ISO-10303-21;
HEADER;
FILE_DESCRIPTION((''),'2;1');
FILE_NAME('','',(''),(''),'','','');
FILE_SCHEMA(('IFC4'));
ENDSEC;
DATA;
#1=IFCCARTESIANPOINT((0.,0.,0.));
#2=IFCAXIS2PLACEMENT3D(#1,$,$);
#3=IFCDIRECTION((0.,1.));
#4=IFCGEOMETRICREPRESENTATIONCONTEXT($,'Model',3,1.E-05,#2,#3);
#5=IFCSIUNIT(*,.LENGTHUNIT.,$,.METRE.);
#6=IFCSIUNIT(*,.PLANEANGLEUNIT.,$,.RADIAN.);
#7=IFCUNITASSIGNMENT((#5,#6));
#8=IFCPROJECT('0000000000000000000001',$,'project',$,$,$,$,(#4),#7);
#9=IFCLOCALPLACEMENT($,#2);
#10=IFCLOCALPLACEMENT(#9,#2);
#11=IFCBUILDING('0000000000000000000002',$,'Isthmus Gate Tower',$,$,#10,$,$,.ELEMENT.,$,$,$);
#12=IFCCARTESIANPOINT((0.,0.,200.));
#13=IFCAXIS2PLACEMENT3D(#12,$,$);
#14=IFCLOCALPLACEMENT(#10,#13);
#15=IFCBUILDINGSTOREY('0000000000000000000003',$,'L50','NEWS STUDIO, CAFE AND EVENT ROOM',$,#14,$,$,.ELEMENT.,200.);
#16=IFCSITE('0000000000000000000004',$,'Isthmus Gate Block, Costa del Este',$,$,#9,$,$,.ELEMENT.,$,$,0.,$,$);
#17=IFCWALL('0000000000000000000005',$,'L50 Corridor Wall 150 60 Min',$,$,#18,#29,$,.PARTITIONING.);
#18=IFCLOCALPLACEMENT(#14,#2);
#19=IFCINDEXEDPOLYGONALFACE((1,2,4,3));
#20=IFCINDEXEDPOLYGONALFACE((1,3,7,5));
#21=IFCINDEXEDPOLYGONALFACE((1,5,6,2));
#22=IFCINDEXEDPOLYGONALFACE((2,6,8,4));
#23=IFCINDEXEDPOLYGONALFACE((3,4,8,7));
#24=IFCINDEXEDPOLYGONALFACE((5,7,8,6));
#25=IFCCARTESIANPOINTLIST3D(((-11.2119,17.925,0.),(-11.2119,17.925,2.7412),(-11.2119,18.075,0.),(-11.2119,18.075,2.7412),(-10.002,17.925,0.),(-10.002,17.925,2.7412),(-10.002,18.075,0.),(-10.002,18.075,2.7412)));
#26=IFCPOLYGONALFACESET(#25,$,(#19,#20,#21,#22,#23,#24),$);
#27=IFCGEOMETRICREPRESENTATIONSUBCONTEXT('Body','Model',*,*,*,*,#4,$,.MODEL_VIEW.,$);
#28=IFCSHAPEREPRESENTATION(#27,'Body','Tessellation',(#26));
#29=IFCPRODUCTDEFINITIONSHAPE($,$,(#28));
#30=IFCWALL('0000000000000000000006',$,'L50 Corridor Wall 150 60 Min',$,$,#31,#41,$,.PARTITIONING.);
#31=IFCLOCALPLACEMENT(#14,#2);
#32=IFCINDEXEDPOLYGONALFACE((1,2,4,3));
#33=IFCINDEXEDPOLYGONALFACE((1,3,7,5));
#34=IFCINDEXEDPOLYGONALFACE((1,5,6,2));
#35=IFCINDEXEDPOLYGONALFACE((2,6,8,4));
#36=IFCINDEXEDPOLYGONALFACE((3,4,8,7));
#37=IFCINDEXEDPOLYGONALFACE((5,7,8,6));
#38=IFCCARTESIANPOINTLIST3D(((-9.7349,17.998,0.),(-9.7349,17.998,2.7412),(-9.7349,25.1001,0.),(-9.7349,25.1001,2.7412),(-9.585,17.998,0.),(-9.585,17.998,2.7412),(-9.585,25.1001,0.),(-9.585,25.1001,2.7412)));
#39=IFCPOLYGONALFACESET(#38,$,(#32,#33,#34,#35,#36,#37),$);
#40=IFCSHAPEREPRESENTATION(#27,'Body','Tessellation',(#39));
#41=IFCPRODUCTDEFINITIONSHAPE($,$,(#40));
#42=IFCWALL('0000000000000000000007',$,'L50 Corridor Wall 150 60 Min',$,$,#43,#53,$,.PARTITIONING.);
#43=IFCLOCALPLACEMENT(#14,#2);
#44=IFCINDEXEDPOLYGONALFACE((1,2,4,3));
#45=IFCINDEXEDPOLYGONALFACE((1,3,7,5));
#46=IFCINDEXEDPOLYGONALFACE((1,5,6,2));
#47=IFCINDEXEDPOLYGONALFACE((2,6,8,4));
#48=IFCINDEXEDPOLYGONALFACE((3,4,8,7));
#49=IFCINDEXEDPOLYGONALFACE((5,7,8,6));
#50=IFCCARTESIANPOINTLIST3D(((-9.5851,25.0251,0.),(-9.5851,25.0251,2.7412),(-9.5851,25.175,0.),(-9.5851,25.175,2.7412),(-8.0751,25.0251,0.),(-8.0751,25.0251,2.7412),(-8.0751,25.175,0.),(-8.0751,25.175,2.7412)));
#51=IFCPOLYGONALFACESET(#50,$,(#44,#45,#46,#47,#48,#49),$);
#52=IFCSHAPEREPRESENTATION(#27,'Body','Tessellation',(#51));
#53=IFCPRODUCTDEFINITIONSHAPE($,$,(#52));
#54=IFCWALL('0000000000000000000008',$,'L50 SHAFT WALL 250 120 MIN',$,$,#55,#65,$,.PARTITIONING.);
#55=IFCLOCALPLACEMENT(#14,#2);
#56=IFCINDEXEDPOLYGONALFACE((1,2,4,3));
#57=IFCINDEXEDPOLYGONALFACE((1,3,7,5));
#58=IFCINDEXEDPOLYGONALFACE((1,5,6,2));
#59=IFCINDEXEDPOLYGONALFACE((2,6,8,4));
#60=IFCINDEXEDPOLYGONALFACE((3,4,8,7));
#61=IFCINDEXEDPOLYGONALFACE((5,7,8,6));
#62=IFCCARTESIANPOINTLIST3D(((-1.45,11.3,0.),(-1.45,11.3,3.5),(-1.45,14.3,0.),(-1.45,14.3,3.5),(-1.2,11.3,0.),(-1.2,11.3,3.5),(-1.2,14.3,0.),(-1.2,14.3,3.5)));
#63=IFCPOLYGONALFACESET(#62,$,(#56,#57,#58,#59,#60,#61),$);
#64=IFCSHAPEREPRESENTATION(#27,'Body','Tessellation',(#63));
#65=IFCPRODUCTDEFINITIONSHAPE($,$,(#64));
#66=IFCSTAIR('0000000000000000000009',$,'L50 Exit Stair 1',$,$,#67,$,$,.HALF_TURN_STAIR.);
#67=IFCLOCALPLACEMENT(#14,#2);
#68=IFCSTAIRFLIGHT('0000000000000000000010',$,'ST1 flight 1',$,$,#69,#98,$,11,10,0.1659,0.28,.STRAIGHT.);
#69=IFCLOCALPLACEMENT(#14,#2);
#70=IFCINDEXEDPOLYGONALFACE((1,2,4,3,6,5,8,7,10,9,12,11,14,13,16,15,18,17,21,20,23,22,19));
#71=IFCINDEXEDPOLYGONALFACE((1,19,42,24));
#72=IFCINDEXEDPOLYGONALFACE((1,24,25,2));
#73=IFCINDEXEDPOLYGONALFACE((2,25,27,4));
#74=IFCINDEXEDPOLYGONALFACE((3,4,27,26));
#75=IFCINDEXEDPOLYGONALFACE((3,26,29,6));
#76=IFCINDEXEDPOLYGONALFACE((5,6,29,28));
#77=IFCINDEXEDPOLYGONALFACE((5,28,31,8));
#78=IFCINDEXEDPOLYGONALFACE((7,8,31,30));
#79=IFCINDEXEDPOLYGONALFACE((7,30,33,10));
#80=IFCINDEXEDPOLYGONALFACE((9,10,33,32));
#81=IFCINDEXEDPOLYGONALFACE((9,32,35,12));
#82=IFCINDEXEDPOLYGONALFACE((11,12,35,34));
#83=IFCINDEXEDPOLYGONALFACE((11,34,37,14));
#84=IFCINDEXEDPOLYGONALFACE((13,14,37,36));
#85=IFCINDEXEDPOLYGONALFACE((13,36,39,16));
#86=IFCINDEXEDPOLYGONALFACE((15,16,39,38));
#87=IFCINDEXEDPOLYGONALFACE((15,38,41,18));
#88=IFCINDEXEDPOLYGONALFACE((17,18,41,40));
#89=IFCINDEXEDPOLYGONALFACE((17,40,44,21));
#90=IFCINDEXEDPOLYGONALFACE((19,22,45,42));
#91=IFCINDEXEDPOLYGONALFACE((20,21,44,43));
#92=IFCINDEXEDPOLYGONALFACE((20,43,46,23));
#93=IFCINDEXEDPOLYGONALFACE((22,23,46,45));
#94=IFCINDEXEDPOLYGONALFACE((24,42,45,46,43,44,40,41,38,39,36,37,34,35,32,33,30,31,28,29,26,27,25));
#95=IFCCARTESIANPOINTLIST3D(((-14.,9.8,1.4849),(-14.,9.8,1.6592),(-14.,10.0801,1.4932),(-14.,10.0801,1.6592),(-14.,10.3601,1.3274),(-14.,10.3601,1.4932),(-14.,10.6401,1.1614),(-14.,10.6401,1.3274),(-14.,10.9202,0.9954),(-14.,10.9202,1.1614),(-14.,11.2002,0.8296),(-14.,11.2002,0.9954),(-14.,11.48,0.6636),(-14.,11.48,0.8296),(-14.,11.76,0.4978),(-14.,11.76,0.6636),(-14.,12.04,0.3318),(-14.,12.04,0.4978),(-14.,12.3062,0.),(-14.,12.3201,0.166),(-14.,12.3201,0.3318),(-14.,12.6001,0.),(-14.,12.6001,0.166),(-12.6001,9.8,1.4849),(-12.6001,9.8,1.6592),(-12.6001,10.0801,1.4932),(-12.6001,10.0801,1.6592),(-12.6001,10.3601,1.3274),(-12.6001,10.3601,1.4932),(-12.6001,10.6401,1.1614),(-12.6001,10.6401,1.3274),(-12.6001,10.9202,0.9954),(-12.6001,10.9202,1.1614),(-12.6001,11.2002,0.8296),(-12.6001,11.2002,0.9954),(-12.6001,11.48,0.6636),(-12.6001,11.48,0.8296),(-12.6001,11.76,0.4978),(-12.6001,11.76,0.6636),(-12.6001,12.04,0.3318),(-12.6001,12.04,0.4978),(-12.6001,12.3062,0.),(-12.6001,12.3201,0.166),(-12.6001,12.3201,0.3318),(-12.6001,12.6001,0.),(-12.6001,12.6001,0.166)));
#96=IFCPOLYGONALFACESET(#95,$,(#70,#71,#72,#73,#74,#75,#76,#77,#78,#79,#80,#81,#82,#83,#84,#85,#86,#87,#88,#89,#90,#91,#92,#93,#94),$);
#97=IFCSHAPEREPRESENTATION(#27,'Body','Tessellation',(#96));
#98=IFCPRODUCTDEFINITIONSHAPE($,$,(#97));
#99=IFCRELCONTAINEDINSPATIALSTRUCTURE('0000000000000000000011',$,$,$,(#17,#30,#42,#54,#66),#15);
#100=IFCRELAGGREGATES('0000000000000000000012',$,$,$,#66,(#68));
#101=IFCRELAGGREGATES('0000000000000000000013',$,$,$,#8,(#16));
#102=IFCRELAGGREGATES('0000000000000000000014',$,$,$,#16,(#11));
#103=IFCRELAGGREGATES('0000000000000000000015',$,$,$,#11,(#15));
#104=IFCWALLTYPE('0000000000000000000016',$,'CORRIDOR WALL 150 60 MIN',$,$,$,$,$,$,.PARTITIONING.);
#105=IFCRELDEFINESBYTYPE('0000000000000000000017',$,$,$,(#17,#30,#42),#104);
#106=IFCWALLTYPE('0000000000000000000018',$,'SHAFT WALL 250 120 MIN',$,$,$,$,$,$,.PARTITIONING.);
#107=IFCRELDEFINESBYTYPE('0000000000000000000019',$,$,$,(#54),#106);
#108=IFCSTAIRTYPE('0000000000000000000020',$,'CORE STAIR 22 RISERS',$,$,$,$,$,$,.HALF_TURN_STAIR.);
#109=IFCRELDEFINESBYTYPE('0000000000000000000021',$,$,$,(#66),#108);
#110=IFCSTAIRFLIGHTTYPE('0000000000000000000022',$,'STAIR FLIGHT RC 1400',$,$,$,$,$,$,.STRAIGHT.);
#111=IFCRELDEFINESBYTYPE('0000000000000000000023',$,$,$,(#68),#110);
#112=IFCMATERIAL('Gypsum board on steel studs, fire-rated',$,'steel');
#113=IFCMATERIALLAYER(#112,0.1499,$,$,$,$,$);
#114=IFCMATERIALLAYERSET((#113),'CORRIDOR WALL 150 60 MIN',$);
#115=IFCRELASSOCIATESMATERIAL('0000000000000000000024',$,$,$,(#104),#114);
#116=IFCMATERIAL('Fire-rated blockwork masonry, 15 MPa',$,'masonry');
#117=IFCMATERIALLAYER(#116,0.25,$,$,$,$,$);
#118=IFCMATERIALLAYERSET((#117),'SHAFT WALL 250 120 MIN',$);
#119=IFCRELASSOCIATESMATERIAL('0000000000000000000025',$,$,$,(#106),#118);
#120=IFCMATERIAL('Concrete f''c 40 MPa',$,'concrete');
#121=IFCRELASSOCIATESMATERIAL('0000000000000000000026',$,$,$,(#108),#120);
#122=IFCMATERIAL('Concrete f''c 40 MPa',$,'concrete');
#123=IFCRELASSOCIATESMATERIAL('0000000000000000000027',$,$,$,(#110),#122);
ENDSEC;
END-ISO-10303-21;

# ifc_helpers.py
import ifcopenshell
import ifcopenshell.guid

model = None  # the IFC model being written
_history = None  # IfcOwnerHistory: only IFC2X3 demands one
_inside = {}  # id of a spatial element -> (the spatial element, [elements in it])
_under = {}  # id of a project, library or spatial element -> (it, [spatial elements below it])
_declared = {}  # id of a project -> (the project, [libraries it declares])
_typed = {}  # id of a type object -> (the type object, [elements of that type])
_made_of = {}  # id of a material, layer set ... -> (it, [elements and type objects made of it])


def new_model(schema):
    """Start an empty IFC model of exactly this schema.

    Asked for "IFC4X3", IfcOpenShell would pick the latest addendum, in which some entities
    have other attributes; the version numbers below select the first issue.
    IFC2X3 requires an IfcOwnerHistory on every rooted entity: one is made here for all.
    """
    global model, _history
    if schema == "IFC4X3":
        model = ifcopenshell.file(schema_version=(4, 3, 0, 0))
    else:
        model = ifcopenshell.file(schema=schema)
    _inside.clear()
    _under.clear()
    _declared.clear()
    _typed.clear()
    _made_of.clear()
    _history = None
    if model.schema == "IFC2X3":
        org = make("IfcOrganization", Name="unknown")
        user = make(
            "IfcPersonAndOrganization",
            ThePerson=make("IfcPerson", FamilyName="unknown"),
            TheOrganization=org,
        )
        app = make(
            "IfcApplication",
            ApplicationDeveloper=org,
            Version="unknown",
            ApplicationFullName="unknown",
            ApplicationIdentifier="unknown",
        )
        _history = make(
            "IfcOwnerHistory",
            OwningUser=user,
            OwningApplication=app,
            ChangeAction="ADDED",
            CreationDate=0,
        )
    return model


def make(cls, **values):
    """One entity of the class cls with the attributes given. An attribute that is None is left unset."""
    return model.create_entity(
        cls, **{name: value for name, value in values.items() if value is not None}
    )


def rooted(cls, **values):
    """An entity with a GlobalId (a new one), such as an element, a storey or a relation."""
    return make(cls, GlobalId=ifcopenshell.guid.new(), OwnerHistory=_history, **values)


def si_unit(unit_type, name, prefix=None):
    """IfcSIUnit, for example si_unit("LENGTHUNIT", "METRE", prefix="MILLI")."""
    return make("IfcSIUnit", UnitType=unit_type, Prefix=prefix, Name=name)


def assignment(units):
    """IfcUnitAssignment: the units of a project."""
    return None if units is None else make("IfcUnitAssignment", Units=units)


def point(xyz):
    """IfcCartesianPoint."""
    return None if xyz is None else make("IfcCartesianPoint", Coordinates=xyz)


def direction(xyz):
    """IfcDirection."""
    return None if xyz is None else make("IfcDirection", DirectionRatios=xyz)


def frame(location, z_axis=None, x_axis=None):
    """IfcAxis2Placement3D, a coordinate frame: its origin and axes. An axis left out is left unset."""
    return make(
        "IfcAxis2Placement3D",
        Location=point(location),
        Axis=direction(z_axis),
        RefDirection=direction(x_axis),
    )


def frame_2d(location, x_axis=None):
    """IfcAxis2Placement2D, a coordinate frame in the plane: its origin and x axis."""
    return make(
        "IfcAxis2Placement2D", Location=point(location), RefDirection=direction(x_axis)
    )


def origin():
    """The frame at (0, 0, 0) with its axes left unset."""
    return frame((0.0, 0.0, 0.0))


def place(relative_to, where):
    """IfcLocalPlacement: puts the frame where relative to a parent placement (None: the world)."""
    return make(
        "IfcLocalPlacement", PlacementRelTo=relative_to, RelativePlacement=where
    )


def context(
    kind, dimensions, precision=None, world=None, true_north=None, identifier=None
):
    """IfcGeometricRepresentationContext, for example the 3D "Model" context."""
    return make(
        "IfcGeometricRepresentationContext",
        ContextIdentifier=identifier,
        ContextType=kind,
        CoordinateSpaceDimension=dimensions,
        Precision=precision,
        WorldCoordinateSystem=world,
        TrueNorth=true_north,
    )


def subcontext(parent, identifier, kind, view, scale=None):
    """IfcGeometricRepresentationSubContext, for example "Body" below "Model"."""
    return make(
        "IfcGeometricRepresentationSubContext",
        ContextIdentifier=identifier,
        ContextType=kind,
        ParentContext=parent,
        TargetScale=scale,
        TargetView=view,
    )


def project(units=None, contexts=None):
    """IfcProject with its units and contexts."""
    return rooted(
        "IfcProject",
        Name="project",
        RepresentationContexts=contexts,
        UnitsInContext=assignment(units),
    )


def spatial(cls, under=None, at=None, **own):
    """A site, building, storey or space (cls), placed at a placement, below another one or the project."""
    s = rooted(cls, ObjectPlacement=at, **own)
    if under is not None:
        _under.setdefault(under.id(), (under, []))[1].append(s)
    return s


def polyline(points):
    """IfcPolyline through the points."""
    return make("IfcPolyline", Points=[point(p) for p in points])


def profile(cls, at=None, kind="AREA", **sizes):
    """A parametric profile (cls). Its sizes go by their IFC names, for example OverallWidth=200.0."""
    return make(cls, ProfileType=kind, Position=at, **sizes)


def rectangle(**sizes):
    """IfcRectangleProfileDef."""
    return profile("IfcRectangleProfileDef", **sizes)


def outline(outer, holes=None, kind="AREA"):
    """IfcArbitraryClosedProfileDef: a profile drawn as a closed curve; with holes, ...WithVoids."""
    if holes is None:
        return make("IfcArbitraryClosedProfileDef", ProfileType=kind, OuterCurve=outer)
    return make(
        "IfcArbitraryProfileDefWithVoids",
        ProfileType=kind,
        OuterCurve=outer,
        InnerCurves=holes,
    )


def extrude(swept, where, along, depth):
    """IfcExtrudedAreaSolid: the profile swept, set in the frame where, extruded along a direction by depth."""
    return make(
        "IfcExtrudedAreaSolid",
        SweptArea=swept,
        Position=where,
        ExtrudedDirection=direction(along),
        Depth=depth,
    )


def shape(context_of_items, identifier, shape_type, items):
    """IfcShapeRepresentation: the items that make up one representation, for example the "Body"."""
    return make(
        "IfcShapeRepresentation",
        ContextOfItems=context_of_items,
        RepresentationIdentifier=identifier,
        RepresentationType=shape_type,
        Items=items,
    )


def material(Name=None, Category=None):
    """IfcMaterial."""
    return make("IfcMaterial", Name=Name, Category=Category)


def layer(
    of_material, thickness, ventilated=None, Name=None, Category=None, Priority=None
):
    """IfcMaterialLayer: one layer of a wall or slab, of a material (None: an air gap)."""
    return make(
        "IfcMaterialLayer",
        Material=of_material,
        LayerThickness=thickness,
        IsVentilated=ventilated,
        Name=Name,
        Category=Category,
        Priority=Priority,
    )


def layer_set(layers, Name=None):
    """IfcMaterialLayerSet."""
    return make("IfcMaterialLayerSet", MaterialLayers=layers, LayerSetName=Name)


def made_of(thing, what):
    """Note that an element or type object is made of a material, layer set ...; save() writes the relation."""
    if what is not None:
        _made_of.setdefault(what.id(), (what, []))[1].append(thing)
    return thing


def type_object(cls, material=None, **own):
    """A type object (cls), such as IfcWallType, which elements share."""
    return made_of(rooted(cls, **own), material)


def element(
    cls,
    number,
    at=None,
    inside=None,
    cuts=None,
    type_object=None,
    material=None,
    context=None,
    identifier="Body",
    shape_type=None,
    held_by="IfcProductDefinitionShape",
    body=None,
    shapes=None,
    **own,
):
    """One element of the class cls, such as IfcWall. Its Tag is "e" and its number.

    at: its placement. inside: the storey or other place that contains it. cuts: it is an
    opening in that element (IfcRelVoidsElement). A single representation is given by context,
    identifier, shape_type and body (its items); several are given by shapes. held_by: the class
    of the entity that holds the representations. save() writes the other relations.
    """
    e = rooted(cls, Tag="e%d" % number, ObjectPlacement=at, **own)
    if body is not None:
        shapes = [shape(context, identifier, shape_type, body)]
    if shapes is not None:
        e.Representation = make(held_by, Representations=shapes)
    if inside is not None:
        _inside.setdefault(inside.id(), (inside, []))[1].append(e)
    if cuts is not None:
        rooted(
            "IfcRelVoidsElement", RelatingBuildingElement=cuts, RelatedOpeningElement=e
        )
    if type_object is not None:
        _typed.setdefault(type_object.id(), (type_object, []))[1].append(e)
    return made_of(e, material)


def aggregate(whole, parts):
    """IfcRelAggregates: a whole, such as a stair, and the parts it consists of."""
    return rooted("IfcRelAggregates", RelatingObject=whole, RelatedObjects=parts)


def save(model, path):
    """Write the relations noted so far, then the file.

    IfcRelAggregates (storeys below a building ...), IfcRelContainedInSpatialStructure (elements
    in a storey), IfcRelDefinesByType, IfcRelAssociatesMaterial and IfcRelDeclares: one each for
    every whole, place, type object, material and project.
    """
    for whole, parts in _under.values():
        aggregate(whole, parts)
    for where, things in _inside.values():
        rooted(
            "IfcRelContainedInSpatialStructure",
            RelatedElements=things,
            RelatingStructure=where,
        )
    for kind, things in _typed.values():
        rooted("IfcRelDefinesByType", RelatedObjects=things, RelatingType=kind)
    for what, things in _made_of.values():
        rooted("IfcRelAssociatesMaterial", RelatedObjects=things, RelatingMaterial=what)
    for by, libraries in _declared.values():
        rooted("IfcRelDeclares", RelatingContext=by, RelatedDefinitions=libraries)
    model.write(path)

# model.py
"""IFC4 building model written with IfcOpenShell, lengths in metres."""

from ifc_helpers import new_model, si_unit, direction, frame, frame_2d, origin, place, context, subcontext, project, spatial, polyline, rectangle, outline, extrude, material, layer, layer_set, type_object, element, aggregate, save


model = new_model("IFC4")

# Units and contexts
model_context = context("Model", 3, precision=1e-05, world=origin(), true_north=direction((0.0, 1.0)))
body_context = subcontext(model_context, "Body", "Model", "MODEL_VIEW")
ifc_project = project(units=[si_unit("LENGTHUNIT", "METRE"), si_unit("PLANEANGLEUNIT", "RADIAN")], contexts=[model_context])

# Site, building, storey
site_placement = place(None, origin())
site = spatial("IfcSite", under=ifc_project, at=site_placement, Name="Isthmus Gate Block, Costa del Este", CompositionType="ELEMENT", RefElevation=0.0)
building_placement = place(site_placement, origin())
building = spatial("IfcBuilding", under=site, at=building_placement, Name="Isthmus Gate Tower", CompositionType="ELEMENT")
storey_placement = place(building_placement, frame((0.0, 0.0, 200.0)))
storey = spatial("IfcBuildingStorey", under=building, at=storey_placement, Name="L50", Description="NEWS STUDIO, CAFE AND EVENT ROOM", CompositionType="ELEMENT", Elevation=200.0)

# Walls
ifc_material_1 = material(Name="Gypsum board on steel studs, fire-rated", Category="steel")
ifc_layer_1 = layer(ifc_material_1, 0.1499)
ifc_layer_set_1 = layer_set([ifc_layer_1], Name="CORRIDOR WALL 150 60 MIN")
wall_type_1 = type_object("IfcWallType", Name="CORRIDOR WALL 150 60 MIN", PredefinedType="PARTITIONING", material=ifc_layer_set_1)
wall_1_placement = place(storey_placement, frame((-11.2119, 18.0, 0.0), z_axis=(0.0, 0.0, 1.0), x_axis=(1.0, 0.0, 0.0)))
element("IfcWall", 1, at=wall_1_placement, inside=storey, type_object=wall_type_1, Name="L50 Corridor Wall 150 60 Min", PredefinedType="PARTITIONING", context=body_context, shape_type="SweptSolid", body=[
    extrude(rectangle(XDim=1.21, YDim=0.1499, at=frame_2d((0.605, 0.0))), origin(), (0.0, 0.0, 1.0), 2.7412),
])
wall_2_placement = place(storey_placement, frame((-9.6599, 17.998, 0.0), z_axis=(0.0, 0.0, 1.0), x_axis=(0.0, 1.0, 0.0)))
element("IfcWall", 2, at=wall_2_placement, inside=storey, type_object=wall_type_1, Name="L50 Corridor Wall 150 60 Min", PredefinedType="PARTITIONING", context=body_context, shape_type="SweptSolid", body=[
    extrude(rectangle(XDim=7.1021, YDim=0.1499, at=frame_2d((3.551, 0.0))), origin(), (0.0, 0.0, 1.0), 2.7412),
])
wall_3_placement = place(storey_placement, frame((-9.585, 25.1001, 0.0), z_axis=(0.0, 0.0, 1.0), x_axis=(1.0, 0.0, 0.0)))
element("IfcWall", 3, at=wall_3_placement, inside=storey, type_object=wall_type_1, Name="L50 Corridor Wall 150 60 Min", PredefinedType="PARTITIONING", context=body_context, shape_type="SweptSolid", body=[
    extrude(rectangle(XDim=1.51, YDim=0.1499, at=frame_2d((0.7549, 0.0))), origin(), (0.0, 0.0, 1.0), 2.7412),
])

# Wall
ifc_material_2 = material(Name="Fire-rated blockwork masonry, 15 MPa", Category="masonry")
ifc_layer_2 = layer(ifc_material_2, 0.25)
ifc_layer_set_2 = layer_set([ifc_layer_2], Name="SHAFT WALL 250 120 MIN")
wall_type_2 = type_object("IfcWallType", Name="SHAFT WALL 250 120 MIN", PredefinedType="PARTITIONING", material=ifc_layer_set_2)
wall_4_placement = place(storey_placement, frame((-1.325, 11.3, 0.0), z_axis=(0.0, 0.0, 1.0), x_axis=(0.0, 1.0, 0.0)))
element("IfcWall", 4, at=wall_4_placement, inside=storey, type_object=wall_type_2, Name="L50 SHAFT WALL 250 120 MIN", PredefinedType="PARTITIONING", context=body_context, shape_type="SweptSolid", body=[
    extrude(rectangle(XDim=3.0, YDim=0.25, at=frame_2d((1.5, 0.0))), origin(), (0.0, 0.0, 1.0), 3.5),
])

# Stair, stair flight
ifc_material_3 = material(Name="Concrete f'c 40 MPa", Category="concrete")
stair_type = type_object("IfcStairType", Name="CORE STAIR 22 RISERS", PredefinedType="HALF_TURN_STAIR", material=ifc_material_3)
stair_placement = place(storey_placement, origin())
stair = element("IfcStair", 5, at=stair_placement, inside=storey, type_object=stair_type, Name="L50 Exit Stair 1", PredefinedType="HALF_TURN_STAIR")
ifc_material_4 = material(Name="Concrete f'c 40 MPa", Category="concrete")
stair_flight_type = type_object("IfcStairFlightType", Name="STAIR FLIGHT RC 1400", PredefinedType="STRAIGHT", material=ifc_material_4)
stair_flight_placement = place(storey_placement, frame((-13.3, 12.6001, 0.0), z_axis=(0.0, 0.0, 1.0), x_axis=(0.0, -1.0, 0.0)))
stair_flight = element("IfcStairFlight", 6, at=stair_flight_placement, type_object=stair_flight_type, Name="ST1 flight 1", NumberOfRisers=11, NumberOfTreads=10, PredefinedType="STRAIGHT", RiserHeight=0.1659, TreadLength=0.28, context=body_context, shape_type="SweptSolid", body=[
    extrude(outline(polyline([(0.0, 0.0), (0.0, 0.166), (0.28, 0.166), (0.28, 0.3318), (0.5601, 0.3318), (0.5601, 0.4978), (0.8401, 0.4978), (0.8401, 0.6636), (1.1201, 0.6636), (1.1201, 0.8296), (1.3999, 0.8296), (1.3999, 0.9954), (1.6799, 0.9954), (1.6799, 1.1614), (1.96, 1.1614), (1.96, 1.3274), (2.24, 1.3274), (2.24, 1.4932), (2.52, 1.4932), (2.52, 1.6592), (2.8, 1.6592), (2.8, 1.825), (2.8, 1.4849), (0.2939, 0.0), (0.0, 0.0)])), frame((0.0, 0.7, 0.0), z_axis=(0.0, -1.0, 0.0), x_axis=(1.0, 0.0, 0.0)), (0.0, 0.0, 1.0), 1.3999),
])
aggregate(stair, [stair_flight])

save(model, "model.ifc")
